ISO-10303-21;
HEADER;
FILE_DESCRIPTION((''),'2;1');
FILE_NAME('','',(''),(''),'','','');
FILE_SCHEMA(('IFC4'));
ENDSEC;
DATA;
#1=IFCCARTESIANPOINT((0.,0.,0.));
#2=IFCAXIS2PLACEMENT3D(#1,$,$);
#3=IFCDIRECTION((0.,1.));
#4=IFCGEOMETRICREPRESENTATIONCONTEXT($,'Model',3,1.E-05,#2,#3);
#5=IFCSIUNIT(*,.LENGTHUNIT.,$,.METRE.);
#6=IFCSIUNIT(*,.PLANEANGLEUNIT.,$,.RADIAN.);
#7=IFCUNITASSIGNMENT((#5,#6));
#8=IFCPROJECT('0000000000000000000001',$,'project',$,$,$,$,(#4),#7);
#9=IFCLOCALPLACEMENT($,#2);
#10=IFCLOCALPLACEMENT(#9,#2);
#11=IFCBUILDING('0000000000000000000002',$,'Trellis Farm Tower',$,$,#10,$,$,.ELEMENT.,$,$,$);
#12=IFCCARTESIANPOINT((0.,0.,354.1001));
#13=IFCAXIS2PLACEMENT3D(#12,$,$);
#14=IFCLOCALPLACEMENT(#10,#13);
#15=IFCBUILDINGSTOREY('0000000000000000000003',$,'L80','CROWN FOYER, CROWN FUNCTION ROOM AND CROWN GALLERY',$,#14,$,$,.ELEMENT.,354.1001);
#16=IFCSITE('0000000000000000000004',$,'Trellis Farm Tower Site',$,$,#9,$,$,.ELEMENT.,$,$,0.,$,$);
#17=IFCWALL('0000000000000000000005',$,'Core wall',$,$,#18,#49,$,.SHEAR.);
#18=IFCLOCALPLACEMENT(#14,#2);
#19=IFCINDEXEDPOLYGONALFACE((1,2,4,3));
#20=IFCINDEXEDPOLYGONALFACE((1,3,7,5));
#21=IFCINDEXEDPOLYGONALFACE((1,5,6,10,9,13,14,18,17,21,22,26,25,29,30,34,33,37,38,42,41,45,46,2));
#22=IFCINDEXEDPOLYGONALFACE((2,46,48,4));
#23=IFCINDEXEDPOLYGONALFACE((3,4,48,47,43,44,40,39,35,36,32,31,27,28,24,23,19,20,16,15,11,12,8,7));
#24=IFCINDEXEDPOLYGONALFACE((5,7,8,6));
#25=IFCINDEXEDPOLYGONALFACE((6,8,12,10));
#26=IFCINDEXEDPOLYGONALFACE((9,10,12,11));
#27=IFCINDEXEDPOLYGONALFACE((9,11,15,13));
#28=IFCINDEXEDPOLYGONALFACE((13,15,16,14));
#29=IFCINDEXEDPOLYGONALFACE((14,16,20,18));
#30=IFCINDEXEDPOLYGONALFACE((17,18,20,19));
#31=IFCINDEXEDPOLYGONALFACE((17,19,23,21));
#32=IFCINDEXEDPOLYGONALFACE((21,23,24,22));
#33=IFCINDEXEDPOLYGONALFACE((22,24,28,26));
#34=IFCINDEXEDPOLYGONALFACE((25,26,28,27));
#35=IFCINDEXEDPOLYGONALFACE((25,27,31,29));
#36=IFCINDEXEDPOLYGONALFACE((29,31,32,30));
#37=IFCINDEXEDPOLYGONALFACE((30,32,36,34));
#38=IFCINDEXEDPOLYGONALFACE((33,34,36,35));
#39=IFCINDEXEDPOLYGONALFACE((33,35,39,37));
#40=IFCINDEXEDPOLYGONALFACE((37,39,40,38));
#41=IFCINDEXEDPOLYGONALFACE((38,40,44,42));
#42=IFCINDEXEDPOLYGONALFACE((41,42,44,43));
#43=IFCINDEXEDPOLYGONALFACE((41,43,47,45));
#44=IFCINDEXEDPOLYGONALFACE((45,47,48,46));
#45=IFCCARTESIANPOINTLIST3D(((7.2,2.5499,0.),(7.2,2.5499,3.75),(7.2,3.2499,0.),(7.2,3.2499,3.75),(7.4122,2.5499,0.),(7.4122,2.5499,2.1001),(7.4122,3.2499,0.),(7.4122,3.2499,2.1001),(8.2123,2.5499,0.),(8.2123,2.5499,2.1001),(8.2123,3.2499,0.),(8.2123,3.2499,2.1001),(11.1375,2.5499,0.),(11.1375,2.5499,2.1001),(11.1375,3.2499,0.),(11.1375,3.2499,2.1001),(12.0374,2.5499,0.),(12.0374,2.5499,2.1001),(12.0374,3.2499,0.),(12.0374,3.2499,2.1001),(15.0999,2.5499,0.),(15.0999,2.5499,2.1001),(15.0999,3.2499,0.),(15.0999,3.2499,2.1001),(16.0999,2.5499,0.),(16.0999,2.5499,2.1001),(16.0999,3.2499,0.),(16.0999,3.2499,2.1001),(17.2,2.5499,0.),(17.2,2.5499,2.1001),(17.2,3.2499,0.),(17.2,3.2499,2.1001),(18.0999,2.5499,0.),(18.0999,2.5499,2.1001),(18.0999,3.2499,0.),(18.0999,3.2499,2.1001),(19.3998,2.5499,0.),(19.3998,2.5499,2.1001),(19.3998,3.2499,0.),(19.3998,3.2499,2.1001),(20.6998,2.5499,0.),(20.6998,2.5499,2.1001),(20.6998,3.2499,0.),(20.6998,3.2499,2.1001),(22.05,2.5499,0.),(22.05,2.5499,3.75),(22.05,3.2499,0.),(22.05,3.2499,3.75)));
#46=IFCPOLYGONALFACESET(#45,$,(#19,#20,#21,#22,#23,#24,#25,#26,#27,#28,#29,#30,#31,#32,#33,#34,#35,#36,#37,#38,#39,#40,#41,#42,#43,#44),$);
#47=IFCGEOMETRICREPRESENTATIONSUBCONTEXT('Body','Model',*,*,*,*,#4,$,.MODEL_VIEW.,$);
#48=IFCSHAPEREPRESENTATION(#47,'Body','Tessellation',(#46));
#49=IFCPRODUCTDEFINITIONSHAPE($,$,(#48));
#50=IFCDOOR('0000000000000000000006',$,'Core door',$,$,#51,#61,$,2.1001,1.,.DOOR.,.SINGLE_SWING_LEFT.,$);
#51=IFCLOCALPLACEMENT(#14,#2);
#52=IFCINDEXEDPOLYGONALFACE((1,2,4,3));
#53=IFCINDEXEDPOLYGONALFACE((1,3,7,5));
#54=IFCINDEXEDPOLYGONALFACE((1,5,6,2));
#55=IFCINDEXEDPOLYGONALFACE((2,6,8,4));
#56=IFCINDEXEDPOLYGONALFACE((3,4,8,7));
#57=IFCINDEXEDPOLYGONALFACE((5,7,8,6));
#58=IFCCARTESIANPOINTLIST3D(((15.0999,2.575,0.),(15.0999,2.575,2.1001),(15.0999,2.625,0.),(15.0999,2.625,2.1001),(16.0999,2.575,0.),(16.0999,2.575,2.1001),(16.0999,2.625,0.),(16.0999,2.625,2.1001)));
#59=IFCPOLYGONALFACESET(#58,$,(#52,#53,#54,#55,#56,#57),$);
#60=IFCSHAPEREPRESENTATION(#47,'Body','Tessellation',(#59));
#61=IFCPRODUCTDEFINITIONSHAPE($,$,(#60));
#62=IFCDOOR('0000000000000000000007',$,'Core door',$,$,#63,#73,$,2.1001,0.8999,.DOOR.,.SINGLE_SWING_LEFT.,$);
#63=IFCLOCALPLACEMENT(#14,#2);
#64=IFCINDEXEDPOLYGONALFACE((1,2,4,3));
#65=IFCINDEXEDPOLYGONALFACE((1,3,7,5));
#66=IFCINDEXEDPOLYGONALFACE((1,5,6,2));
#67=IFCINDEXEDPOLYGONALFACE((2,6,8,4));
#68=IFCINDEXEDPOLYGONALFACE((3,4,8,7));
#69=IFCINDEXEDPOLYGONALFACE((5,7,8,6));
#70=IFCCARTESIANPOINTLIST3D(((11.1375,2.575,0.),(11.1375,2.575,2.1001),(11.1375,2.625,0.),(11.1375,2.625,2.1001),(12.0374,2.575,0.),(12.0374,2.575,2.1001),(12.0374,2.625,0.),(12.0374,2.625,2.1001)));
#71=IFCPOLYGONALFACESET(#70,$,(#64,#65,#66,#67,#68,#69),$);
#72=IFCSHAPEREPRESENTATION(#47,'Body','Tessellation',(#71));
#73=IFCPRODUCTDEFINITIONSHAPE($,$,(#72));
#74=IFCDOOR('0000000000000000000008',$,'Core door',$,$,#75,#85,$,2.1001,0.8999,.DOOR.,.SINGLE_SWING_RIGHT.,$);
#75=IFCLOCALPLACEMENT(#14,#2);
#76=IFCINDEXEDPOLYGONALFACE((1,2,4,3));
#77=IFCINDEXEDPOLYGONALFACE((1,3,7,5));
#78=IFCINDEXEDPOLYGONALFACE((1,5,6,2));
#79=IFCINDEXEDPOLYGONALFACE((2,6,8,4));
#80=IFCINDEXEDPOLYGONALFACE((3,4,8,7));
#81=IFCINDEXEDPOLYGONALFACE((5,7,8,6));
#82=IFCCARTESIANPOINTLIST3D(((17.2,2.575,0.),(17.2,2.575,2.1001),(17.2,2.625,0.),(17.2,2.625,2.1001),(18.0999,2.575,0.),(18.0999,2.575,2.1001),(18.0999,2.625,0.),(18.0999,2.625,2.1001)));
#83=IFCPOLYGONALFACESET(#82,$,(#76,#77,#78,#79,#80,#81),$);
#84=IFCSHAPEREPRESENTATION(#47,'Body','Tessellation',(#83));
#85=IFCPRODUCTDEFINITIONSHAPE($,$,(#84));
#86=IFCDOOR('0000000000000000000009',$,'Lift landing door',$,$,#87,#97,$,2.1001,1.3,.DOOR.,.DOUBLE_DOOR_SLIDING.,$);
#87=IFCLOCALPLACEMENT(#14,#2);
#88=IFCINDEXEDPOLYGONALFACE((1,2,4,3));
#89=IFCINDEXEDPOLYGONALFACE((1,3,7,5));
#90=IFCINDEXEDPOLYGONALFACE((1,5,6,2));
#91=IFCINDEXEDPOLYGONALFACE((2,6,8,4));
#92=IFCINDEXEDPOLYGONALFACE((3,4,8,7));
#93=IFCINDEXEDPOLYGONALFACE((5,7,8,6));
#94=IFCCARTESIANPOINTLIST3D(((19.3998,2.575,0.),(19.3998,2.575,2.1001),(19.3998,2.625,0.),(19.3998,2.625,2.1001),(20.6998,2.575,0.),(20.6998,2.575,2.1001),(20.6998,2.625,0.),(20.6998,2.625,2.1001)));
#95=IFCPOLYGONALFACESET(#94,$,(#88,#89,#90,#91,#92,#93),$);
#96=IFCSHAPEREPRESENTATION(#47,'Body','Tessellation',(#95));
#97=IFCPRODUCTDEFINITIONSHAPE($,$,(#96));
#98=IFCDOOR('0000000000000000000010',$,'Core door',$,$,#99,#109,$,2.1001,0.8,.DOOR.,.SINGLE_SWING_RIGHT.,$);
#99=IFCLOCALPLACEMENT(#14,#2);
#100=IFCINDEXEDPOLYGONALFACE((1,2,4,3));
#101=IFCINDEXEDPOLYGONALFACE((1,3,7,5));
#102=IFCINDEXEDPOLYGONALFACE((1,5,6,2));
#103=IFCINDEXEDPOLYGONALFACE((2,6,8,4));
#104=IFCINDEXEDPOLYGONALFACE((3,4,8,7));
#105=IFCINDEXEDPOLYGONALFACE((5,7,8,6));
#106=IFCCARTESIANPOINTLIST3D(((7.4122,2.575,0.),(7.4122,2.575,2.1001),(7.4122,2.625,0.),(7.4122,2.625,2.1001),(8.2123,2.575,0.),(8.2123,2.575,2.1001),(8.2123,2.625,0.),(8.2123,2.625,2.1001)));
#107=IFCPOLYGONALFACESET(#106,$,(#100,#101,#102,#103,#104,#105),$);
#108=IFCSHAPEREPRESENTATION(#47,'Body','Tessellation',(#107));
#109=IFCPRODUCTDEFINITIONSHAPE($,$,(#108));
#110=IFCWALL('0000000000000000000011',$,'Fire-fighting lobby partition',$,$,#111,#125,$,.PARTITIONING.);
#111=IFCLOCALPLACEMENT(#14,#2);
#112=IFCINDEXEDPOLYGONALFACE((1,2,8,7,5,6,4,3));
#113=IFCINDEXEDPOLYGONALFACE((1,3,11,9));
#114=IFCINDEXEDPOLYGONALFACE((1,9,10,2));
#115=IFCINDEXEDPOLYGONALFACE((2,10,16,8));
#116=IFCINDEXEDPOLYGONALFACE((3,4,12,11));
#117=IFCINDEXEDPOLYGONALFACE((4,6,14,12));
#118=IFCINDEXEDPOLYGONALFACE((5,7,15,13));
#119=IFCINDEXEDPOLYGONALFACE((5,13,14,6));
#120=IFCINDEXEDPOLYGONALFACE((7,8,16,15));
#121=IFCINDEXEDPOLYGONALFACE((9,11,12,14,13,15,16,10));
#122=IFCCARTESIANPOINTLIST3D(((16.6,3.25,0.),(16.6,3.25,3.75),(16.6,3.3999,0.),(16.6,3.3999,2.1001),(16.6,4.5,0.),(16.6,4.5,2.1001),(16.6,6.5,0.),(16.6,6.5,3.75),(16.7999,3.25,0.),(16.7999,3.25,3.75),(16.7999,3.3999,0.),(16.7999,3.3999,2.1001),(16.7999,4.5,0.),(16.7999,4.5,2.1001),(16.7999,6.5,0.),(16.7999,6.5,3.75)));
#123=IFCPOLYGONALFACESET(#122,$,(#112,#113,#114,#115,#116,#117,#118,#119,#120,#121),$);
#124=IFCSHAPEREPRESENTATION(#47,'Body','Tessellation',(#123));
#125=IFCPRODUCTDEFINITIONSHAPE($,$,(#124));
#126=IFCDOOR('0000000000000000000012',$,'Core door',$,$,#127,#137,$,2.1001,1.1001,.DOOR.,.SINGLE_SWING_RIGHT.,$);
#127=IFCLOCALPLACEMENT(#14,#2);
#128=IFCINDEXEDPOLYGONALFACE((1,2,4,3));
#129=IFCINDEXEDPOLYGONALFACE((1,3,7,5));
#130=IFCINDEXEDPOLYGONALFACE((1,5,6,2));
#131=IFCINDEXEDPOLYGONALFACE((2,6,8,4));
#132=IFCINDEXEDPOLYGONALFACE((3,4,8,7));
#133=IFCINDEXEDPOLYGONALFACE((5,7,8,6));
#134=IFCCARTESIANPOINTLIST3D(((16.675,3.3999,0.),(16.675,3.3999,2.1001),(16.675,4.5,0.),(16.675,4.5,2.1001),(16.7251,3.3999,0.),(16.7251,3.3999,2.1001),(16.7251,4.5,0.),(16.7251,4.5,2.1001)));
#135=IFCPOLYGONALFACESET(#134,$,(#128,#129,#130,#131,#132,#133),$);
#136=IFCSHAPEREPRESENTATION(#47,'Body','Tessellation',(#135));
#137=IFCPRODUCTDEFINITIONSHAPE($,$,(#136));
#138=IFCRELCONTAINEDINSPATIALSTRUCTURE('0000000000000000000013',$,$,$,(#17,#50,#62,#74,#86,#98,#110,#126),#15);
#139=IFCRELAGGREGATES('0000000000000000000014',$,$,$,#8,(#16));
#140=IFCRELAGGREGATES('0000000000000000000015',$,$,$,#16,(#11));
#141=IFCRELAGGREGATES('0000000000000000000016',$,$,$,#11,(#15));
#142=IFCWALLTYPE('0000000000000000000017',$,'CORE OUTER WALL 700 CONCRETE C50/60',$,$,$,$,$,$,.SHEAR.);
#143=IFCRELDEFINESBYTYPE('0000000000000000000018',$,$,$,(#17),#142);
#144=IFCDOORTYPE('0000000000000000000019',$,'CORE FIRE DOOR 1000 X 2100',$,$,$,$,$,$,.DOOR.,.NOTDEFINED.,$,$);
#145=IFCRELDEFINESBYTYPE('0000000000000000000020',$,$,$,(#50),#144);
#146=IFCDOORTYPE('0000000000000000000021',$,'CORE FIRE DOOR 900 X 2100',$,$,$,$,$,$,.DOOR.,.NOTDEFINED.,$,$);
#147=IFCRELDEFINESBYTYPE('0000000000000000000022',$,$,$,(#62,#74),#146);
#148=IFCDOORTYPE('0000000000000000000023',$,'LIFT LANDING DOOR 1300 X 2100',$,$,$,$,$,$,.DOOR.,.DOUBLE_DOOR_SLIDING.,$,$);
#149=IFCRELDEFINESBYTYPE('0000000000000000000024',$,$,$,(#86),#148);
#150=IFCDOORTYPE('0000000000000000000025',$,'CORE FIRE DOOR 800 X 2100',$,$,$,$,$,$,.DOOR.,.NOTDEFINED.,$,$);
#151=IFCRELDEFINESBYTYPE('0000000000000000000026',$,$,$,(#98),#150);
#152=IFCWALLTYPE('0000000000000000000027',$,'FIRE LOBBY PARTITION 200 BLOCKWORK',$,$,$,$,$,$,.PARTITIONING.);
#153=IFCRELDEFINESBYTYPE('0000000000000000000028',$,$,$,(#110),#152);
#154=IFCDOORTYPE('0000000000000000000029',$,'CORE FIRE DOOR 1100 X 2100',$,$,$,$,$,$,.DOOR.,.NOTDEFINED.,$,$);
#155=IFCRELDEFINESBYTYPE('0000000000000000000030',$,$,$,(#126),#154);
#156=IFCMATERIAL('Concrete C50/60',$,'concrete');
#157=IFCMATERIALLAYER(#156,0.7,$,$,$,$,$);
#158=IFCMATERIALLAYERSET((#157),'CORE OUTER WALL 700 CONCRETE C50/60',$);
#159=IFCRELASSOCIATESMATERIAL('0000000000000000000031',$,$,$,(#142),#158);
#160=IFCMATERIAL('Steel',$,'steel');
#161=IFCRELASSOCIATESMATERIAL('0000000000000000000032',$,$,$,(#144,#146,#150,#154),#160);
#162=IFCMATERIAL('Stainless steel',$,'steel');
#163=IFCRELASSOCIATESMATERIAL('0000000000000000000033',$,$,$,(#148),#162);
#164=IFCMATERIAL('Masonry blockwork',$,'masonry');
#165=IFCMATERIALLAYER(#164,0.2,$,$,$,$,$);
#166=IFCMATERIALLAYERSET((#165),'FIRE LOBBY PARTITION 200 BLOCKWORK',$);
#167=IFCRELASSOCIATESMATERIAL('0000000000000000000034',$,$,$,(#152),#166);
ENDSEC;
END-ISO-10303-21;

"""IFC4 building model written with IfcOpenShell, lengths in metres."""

from ifc_helpers import new_model, si_unit, direction, frame, frame_2d, origin, place, context, subcontext, project, spatial, rectangle, extrude, source, transform, mapped, material, layer, layer_set, type_object, element, fill, save


model = new_model("IFC4")

# Units and contexts
model_context = context("Model", 3, precision=1e-05, world=origin(), true_north=direction((0.0, 1.0)))
body_context = subcontext(model_context, "Body", "Model", "MODEL_VIEW")
ifc_project = project(units=[si_unit("LENGTHUNIT", "METRE"), si_unit("PLANEANGLEUNIT", "RADIAN")], contexts=[model_context])

# Site, building, storey
site_placement = place(None, origin())
site = spatial("IfcSite", under=ifc_project, at=site_placement, Name="Trellis Farm Tower Site", CompositionType="ELEMENT", RefElevation=0.0)
building_placement = place(site_placement, origin())
building = spatial("IfcBuilding", under=site, at=building_placement, Name="Trellis Farm Tower", CompositionType="ELEMENT")
storey_placement = place(building_placement, frame((0.0, 0.0, 354.1001)))
storey = spatial("IfcBuildingStorey", under=building, at=storey_placement, Name="L80", Description="CROWN FOYER, CROWN FUNCTION ROOM AND CROWN GALLERY", CompositionType="ELEMENT", Elevation=354.1001)

# Shared definitions
ifc_material_1 = material(Name="Concrete C50/60", Category="concrete")

# Shared definitions
ifc_material_2 = material(Name="Masonry blockwork", Category="masonry")

# Wall, openings, doors
ifc_layer_1 = layer(ifc_material_1, 0.7)
ifc_layer_set_1 = layer_set([ifc_layer_1], Name="CORE OUTER WALL 700 CONCRETE C50/60")
wall_type_1 = type_object("IfcWallType", Name="CORE OUTER WALL 700 CONCRETE C50/60", PredefinedType="SHEAR", material=ifc_layer_set_1)
shared_shape_1 = source(origin(), body_context, "Body", "SweptSolid", [
    extrude(rectangle(XDim=14.8501, YDim=0.7, at=frame_2d((7.425, 0.0))), origin(), (0.0, 0.0, 1.0), 3.75),
])
wall_1_placement = place(storey_placement, frame((7.2, 2.8999, 0.0), z_axis=(0.0, 0.0, 1.0), x_axis=(1.0, 0.0, 0.0)))
wall_1 = element("IfcWall", 1, at=wall_1_placement, inside=storey, type_object=wall_type_1, Name="Core wall", PredefinedType="SHEAR", context=body_context, shape_type="MappedRepresentation", body=[
    mapped(shared_shape_1, transform((0.0, 0.0, 0.0))),
])
shared_shape_2 = source(origin(), body_context, "Body", "SweptSolid", [
    extrude(rectangle(XDim=1.3, YDim=2.1001, at=frame_2d((0.6499, 1.05))), frame((0.0, 0.3601, 0.0), z_axis=(0.0, -1.0, 0.0), x_axis=(1.0, 0.0, 0.0)), (0.0, 0.0, 1.0), 0.7202),
])
opening_1_placement = place(wall_1_placement, frame((12.2, 0.0, 0.0)))
opening_1 = element("IfcOpeningElement", 2, at=opening_1_placement, cuts=wall_1, PredefinedType="OPENING", context=body_context, shape_type="MappedRepresentation", body=[
    mapped(shared_shape_2, transform((0.0, 0.0, 0.0))),
])
shared_shape_3 = source(origin(), body_context, "Body", "SweptSolid", [
    extrude(rectangle(XDim=1.0, YDim=2.1001, at=frame_2d((0.5, 1.05))), frame((0.0, 0.3601, 0.0), z_axis=(0.0, -1.0, 0.0), x_axis=(1.0, 0.0, 0.0)), (0.0, 0.0, 1.0), 0.7202),
])
opening_2_placement = place(wall_1_placement, frame((7.8999, 0.0, 0.0)))
opening_2 = element("IfcOpeningElement", 3, at=opening_2_placement, cuts=wall_1, PredefinedType="OPENING", context=body_context, shape_type="MappedRepresentation", body=[
    mapped(shared_shape_3, transform((0.0, 0.0, 0.0))),
])
shared_shape_4 = source(origin(), body_context, "Body", "SweptSolid", [
    extrude(rectangle(XDim=0.8, YDim=2.1001, at=frame_2d((0.3999, 1.05))), frame((0.0, 0.3601, 0.0), z_axis=(0.0, -1.0, 0.0), x_axis=(1.0, 0.0, 0.0)), (0.0, 0.0, 1.0), 0.7202),
])
opening_3_placement = place(wall_1_placement, frame((0.2124, 0.0, 0.0)))
opening_3 = element("IfcOpeningElement", 4, at=opening_3_placement, cuts=wall_1, PredefinedType="OPENING", context=body_context, shape_type="MappedRepresentation", body=[
    mapped(shared_shape_4, transform((0.0, 0.0, 0.0))),
])
shared_shape_5 = source(origin(), body_context, "Body", "SweptSolid", [
    extrude(rectangle(XDim=0.8999, YDim=2.1001, at=frame_2d((0.45, 1.05))), frame((0.0, 0.3601, 0.0), z_axis=(0.0, -1.0, 0.0), x_axis=(1.0, 0.0, 0.0)), (0.0, 0.0, 1.0), 0.7202),
])
opening_4_placement = place(wall_1_placement, frame((3.9375, 0.0, 0.0)))
opening_4 = element("IfcOpeningElement", 5, at=opening_4_placement, cuts=wall_1, PredefinedType="OPENING", context=body_context, shape_type="MappedRepresentation", body=[
    mapped(shared_shape_5, transform((0.0, 0.0, 0.0))),
])
opening_5_placement = place(wall_1_placement, frame((10.0, 0.0, 0.0)))
opening_5 = element("IfcOpeningElement", 6, at=opening_5_placement, cuts=wall_1, PredefinedType="OPENING", context=body_context, shape_type="MappedRepresentation", body=[
    mapped(shared_shape_5, transform((0.0, 0.0, 0.0))),
])
ifc_material_3 = material(Name="Steel", Category="steel")
door_type_1 = type_object("IfcDoorType", Name="CORE FIRE DOOR 1000 X 2100", OperationType="NOTDEFINED", PredefinedType="DOOR", material=ifc_material_3)
shared_shape_6 = source(origin(), body_context, "Body", "SweptSolid", [
    extrude(rectangle(XDim=1.0, YDim=2.1001, at=frame_2d((0.5, 1.05))), frame((0.0, -0.2749, 0.0), z_axis=(0.0, -1.0, 0.0), x_axis=(1.0, 0.0, 0.0)), (0.0, 0.0, 1.0), 0.05),
])
door_1_placement = place(opening_2_placement, origin())
door_1 = element("IfcDoor", 7, at=door_1_placement, inside=storey, type_object=door_type_1, Name="Core door", OperationType="SINGLE_SWING_LEFT", OverallHeight=2.1001, OverallWidth=1.0, PredefinedType="DOOR", context=body_context, shape_type="MappedRepresentation", body=[
    mapped(shared_shape_6, transform((0.0, 0.0, 0.0))),
])
fill(opening_2, door_1)
door_type_2 = type_object("IfcDoorType", Name="CORE FIRE DOOR 900 X 2100", OperationType="NOTDEFINED", PredefinedType="DOOR", material=ifc_material_3)
shared_shape_7 = source(origin(), body_context, "Body", "SweptSolid", [
    extrude(rectangle(XDim=0.8999, YDim=2.1001, at=frame_2d((0.45, 1.05))), frame((0.0, -0.2749, 0.0), z_axis=(0.0, -1.0, 0.0), x_axis=(1.0, 0.0, 0.0)), (0.0, 0.0, 1.0), 0.05),
])
door_2_placement = place(opening_4_placement, origin())
door_2 = element("IfcDoor", 8, at=door_2_placement, inside=storey, type_object=door_type_2, Name="Core door", OperationType="SINGLE_SWING_LEFT", OverallHeight=2.1001, OverallWidth=0.8999, PredefinedType="DOOR", context=body_context, shape_type="MappedRepresentation", body=[
    mapped(shared_shape_7, transform((0.0, 0.0, 0.0))),
])
fill(opening_4, door_2)
door_3_placement = place(opening_5_placement, origin())
door_3 = element("IfcDoor", 9, at=door_3_placement, inside=storey, type_object=door_type_2, Name="Core door", OperationType="SINGLE_SWING_RIGHT", OverallHeight=2.1001, OverallWidth=0.8999, PredefinedType="DOOR", context=body_context, shape_type="MappedRepresentation", body=[
    mapped(shared_shape_7, transform((0.0, 0.0, 0.0))),
])
fill(opening_5, door_3)
ifc_material_4 = material(Name="Stainless steel", Category="steel")
door_type_3 = type_object("IfcDoorType", Name="LIFT LANDING DOOR 1300 X 2100", OperationType="DOUBLE_DOOR_SLIDING", PredefinedType="DOOR", material=ifc_material_4)
shared_shape_8 = source(origin(), body_context, "Body", "SweptSolid", [
    extrude(rectangle(XDim=1.3, YDim=2.1001, at=frame_2d((0.6499, 1.05))), frame((0.0, -0.2749, 0.0), z_axis=(0.0, -1.0, 0.0), x_axis=(1.0, 0.0, 0.0)), (0.0, 0.0, 1.0), 0.05),
])
door_4_placement = place(opening_1_placement, origin())
door_4 = element("IfcDoor", 10, at=door_4_placement, inside=storey, type_object=door_type_3, Name="Lift landing door", OperationType="DOUBLE_DOOR_SLIDING", OverallHeight=2.1001, OverallWidth=1.3, PredefinedType="DOOR", context=body_context, shape_type="MappedRepresentation", body=[
    mapped(shared_shape_8, transform((0.0, 0.0, 0.0))),
])
fill(opening_1, door_4)
door_type_4 = type_object("IfcDoorType", Name="CORE FIRE DOOR 800 X 2100", OperationType="NOTDEFINED", PredefinedType="DOOR", material=ifc_material_3)
shared_shape_9 = source(origin(), body_context, "Body", "SweptSolid", [
    extrude(rectangle(XDim=0.8, YDim=2.1001, at=frame_2d((0.3999, 1.05))), frame((0.0, -0.2749, 0.0), z_axis=(0.0, -1.0, 0.0), x_axis=(1.0, 0.0, 0.0)), (0.0, 0.0, 1.0), 0.05),
])
door_5_placement = place(opening_3_placement, origin())
door_5 = element("IfcDoor", 11, at=door_5_placement, inside=storey, type_object=door_type_4, Name="Core door", OperationType="SINGLE_SWING_RIGHT", OverallHeight=2.1001, OverallWidth=0.8, PredefinedType="DOOR", context=body_context, shape_type="MappedRepresentation", body=[
    mapped(shared_shape_9, transform((0.0, 0.0, 0.0))),
])
fill(opening_3, door_5)

# Wall, opening, door
ifc_layer_2 = layer(ifc_material_2, 0.2)
ifc_layer_set_2 = layer_set([ifc_layer_2], Name="FIRE LOBBY PARTITION 200 BLOCKWORK")
wall_type_2 = type_object("IfcWallType", Name="FIRE LOBBY PARTITION 200 BLOCKWORK", PredefinedType="PARTITIONING", material=ifc_layer_set_2)
shared_shape_10 = source(origin(), body_context, "Body", "SweptSolid", [
    extrude(rectangle(XDim=3.25, YDim=0.2, at=frame_2d((1.625, 0.0))), origin(), (0.0, 0.0, 1.0), 3.75),
])
wall_2_placement = place(storey_placement, frame((16.7, 3.25, 0.0), z_axis=(0.0, 0.0, 1.0), x_axis=(0.0, 1.0, 0.0)))
wall_2 = element("IfcWall", 12, at=wall_2_placement, inside=storey, type_object=wall_type_2, Name="Fire-fighting lobby partition", PredefinedType="PARTITIONING", context=body_context, shape_type="MappedRepresentation", body=[
    mapped(shared_shape_10, transform((0.0, 0.0, 0.0))),
])
shared_shape_11 = source(origin(), body_context, "Body", "SweptSolid", [
    extrude(rectangle(XDim=1.1001, YDim=2.1001, at=frame_2d((0.55, 1.05))), frame((0.0, 0.1101, 0.0), z_axis=(0.0, -1.0, 0.0), x_axis=(1.0, 0.0, 0.0)), (0.0, 0.0, 1.0), 0.2202),
])
opening_6_placement = place(wall_2_placement, frame((0.1499, 0.0, 0.0)))
opening_6 = element("IfcOpeningElement", 13, at=opening_6_placement, cuts=wall_2, PredefinedType="OPENING", context=body_context, shape_type="MappedRepresentation", body=[
    mapped(shared_shape_11, transform((0.0, 0.0, 0.0))),
])
door_type_5 = type_object("IfcDoorType", Name="CORE FIRE DOOR 1100 X 2100", OperationType="NOTDEFINED", PredefinedType="DOOR", material=ifc_material_3)
shared_shape_12 = source(origin(), body_context, "Body", "SweptSolid", [
    extrude(rectangle(XDim=1.1001, YDim=2.1001, at=frame_2d((0.55, 1.05))), frame((0.0, 0.0249, 0.0), z_axis=(0.0, -1.0, 0.0), x_axis=(1.0, 0.0, 0.0)), (0.0, 0.0, 1.0), 0.05),
])
door_6_placement = place(opening_6_placement, origin())
door_6 = element("IfcDoor", 14, at=door_6_placement, inside=storey, type_object=door_type_5, Name="Core door", OperationType="SINGLE_SWING_RIGHT", OverallHeight=2.1001, OverallWidth=1.1001, PredefinedType="DOOR", context=body_context, shape_type="MappedRepresentation", body=[
    mapped(shared_shape_12, transform((0.0, 0.0, 0.0))),
])
fill(opening_6, door_6)

save(model, "model.ifc")
